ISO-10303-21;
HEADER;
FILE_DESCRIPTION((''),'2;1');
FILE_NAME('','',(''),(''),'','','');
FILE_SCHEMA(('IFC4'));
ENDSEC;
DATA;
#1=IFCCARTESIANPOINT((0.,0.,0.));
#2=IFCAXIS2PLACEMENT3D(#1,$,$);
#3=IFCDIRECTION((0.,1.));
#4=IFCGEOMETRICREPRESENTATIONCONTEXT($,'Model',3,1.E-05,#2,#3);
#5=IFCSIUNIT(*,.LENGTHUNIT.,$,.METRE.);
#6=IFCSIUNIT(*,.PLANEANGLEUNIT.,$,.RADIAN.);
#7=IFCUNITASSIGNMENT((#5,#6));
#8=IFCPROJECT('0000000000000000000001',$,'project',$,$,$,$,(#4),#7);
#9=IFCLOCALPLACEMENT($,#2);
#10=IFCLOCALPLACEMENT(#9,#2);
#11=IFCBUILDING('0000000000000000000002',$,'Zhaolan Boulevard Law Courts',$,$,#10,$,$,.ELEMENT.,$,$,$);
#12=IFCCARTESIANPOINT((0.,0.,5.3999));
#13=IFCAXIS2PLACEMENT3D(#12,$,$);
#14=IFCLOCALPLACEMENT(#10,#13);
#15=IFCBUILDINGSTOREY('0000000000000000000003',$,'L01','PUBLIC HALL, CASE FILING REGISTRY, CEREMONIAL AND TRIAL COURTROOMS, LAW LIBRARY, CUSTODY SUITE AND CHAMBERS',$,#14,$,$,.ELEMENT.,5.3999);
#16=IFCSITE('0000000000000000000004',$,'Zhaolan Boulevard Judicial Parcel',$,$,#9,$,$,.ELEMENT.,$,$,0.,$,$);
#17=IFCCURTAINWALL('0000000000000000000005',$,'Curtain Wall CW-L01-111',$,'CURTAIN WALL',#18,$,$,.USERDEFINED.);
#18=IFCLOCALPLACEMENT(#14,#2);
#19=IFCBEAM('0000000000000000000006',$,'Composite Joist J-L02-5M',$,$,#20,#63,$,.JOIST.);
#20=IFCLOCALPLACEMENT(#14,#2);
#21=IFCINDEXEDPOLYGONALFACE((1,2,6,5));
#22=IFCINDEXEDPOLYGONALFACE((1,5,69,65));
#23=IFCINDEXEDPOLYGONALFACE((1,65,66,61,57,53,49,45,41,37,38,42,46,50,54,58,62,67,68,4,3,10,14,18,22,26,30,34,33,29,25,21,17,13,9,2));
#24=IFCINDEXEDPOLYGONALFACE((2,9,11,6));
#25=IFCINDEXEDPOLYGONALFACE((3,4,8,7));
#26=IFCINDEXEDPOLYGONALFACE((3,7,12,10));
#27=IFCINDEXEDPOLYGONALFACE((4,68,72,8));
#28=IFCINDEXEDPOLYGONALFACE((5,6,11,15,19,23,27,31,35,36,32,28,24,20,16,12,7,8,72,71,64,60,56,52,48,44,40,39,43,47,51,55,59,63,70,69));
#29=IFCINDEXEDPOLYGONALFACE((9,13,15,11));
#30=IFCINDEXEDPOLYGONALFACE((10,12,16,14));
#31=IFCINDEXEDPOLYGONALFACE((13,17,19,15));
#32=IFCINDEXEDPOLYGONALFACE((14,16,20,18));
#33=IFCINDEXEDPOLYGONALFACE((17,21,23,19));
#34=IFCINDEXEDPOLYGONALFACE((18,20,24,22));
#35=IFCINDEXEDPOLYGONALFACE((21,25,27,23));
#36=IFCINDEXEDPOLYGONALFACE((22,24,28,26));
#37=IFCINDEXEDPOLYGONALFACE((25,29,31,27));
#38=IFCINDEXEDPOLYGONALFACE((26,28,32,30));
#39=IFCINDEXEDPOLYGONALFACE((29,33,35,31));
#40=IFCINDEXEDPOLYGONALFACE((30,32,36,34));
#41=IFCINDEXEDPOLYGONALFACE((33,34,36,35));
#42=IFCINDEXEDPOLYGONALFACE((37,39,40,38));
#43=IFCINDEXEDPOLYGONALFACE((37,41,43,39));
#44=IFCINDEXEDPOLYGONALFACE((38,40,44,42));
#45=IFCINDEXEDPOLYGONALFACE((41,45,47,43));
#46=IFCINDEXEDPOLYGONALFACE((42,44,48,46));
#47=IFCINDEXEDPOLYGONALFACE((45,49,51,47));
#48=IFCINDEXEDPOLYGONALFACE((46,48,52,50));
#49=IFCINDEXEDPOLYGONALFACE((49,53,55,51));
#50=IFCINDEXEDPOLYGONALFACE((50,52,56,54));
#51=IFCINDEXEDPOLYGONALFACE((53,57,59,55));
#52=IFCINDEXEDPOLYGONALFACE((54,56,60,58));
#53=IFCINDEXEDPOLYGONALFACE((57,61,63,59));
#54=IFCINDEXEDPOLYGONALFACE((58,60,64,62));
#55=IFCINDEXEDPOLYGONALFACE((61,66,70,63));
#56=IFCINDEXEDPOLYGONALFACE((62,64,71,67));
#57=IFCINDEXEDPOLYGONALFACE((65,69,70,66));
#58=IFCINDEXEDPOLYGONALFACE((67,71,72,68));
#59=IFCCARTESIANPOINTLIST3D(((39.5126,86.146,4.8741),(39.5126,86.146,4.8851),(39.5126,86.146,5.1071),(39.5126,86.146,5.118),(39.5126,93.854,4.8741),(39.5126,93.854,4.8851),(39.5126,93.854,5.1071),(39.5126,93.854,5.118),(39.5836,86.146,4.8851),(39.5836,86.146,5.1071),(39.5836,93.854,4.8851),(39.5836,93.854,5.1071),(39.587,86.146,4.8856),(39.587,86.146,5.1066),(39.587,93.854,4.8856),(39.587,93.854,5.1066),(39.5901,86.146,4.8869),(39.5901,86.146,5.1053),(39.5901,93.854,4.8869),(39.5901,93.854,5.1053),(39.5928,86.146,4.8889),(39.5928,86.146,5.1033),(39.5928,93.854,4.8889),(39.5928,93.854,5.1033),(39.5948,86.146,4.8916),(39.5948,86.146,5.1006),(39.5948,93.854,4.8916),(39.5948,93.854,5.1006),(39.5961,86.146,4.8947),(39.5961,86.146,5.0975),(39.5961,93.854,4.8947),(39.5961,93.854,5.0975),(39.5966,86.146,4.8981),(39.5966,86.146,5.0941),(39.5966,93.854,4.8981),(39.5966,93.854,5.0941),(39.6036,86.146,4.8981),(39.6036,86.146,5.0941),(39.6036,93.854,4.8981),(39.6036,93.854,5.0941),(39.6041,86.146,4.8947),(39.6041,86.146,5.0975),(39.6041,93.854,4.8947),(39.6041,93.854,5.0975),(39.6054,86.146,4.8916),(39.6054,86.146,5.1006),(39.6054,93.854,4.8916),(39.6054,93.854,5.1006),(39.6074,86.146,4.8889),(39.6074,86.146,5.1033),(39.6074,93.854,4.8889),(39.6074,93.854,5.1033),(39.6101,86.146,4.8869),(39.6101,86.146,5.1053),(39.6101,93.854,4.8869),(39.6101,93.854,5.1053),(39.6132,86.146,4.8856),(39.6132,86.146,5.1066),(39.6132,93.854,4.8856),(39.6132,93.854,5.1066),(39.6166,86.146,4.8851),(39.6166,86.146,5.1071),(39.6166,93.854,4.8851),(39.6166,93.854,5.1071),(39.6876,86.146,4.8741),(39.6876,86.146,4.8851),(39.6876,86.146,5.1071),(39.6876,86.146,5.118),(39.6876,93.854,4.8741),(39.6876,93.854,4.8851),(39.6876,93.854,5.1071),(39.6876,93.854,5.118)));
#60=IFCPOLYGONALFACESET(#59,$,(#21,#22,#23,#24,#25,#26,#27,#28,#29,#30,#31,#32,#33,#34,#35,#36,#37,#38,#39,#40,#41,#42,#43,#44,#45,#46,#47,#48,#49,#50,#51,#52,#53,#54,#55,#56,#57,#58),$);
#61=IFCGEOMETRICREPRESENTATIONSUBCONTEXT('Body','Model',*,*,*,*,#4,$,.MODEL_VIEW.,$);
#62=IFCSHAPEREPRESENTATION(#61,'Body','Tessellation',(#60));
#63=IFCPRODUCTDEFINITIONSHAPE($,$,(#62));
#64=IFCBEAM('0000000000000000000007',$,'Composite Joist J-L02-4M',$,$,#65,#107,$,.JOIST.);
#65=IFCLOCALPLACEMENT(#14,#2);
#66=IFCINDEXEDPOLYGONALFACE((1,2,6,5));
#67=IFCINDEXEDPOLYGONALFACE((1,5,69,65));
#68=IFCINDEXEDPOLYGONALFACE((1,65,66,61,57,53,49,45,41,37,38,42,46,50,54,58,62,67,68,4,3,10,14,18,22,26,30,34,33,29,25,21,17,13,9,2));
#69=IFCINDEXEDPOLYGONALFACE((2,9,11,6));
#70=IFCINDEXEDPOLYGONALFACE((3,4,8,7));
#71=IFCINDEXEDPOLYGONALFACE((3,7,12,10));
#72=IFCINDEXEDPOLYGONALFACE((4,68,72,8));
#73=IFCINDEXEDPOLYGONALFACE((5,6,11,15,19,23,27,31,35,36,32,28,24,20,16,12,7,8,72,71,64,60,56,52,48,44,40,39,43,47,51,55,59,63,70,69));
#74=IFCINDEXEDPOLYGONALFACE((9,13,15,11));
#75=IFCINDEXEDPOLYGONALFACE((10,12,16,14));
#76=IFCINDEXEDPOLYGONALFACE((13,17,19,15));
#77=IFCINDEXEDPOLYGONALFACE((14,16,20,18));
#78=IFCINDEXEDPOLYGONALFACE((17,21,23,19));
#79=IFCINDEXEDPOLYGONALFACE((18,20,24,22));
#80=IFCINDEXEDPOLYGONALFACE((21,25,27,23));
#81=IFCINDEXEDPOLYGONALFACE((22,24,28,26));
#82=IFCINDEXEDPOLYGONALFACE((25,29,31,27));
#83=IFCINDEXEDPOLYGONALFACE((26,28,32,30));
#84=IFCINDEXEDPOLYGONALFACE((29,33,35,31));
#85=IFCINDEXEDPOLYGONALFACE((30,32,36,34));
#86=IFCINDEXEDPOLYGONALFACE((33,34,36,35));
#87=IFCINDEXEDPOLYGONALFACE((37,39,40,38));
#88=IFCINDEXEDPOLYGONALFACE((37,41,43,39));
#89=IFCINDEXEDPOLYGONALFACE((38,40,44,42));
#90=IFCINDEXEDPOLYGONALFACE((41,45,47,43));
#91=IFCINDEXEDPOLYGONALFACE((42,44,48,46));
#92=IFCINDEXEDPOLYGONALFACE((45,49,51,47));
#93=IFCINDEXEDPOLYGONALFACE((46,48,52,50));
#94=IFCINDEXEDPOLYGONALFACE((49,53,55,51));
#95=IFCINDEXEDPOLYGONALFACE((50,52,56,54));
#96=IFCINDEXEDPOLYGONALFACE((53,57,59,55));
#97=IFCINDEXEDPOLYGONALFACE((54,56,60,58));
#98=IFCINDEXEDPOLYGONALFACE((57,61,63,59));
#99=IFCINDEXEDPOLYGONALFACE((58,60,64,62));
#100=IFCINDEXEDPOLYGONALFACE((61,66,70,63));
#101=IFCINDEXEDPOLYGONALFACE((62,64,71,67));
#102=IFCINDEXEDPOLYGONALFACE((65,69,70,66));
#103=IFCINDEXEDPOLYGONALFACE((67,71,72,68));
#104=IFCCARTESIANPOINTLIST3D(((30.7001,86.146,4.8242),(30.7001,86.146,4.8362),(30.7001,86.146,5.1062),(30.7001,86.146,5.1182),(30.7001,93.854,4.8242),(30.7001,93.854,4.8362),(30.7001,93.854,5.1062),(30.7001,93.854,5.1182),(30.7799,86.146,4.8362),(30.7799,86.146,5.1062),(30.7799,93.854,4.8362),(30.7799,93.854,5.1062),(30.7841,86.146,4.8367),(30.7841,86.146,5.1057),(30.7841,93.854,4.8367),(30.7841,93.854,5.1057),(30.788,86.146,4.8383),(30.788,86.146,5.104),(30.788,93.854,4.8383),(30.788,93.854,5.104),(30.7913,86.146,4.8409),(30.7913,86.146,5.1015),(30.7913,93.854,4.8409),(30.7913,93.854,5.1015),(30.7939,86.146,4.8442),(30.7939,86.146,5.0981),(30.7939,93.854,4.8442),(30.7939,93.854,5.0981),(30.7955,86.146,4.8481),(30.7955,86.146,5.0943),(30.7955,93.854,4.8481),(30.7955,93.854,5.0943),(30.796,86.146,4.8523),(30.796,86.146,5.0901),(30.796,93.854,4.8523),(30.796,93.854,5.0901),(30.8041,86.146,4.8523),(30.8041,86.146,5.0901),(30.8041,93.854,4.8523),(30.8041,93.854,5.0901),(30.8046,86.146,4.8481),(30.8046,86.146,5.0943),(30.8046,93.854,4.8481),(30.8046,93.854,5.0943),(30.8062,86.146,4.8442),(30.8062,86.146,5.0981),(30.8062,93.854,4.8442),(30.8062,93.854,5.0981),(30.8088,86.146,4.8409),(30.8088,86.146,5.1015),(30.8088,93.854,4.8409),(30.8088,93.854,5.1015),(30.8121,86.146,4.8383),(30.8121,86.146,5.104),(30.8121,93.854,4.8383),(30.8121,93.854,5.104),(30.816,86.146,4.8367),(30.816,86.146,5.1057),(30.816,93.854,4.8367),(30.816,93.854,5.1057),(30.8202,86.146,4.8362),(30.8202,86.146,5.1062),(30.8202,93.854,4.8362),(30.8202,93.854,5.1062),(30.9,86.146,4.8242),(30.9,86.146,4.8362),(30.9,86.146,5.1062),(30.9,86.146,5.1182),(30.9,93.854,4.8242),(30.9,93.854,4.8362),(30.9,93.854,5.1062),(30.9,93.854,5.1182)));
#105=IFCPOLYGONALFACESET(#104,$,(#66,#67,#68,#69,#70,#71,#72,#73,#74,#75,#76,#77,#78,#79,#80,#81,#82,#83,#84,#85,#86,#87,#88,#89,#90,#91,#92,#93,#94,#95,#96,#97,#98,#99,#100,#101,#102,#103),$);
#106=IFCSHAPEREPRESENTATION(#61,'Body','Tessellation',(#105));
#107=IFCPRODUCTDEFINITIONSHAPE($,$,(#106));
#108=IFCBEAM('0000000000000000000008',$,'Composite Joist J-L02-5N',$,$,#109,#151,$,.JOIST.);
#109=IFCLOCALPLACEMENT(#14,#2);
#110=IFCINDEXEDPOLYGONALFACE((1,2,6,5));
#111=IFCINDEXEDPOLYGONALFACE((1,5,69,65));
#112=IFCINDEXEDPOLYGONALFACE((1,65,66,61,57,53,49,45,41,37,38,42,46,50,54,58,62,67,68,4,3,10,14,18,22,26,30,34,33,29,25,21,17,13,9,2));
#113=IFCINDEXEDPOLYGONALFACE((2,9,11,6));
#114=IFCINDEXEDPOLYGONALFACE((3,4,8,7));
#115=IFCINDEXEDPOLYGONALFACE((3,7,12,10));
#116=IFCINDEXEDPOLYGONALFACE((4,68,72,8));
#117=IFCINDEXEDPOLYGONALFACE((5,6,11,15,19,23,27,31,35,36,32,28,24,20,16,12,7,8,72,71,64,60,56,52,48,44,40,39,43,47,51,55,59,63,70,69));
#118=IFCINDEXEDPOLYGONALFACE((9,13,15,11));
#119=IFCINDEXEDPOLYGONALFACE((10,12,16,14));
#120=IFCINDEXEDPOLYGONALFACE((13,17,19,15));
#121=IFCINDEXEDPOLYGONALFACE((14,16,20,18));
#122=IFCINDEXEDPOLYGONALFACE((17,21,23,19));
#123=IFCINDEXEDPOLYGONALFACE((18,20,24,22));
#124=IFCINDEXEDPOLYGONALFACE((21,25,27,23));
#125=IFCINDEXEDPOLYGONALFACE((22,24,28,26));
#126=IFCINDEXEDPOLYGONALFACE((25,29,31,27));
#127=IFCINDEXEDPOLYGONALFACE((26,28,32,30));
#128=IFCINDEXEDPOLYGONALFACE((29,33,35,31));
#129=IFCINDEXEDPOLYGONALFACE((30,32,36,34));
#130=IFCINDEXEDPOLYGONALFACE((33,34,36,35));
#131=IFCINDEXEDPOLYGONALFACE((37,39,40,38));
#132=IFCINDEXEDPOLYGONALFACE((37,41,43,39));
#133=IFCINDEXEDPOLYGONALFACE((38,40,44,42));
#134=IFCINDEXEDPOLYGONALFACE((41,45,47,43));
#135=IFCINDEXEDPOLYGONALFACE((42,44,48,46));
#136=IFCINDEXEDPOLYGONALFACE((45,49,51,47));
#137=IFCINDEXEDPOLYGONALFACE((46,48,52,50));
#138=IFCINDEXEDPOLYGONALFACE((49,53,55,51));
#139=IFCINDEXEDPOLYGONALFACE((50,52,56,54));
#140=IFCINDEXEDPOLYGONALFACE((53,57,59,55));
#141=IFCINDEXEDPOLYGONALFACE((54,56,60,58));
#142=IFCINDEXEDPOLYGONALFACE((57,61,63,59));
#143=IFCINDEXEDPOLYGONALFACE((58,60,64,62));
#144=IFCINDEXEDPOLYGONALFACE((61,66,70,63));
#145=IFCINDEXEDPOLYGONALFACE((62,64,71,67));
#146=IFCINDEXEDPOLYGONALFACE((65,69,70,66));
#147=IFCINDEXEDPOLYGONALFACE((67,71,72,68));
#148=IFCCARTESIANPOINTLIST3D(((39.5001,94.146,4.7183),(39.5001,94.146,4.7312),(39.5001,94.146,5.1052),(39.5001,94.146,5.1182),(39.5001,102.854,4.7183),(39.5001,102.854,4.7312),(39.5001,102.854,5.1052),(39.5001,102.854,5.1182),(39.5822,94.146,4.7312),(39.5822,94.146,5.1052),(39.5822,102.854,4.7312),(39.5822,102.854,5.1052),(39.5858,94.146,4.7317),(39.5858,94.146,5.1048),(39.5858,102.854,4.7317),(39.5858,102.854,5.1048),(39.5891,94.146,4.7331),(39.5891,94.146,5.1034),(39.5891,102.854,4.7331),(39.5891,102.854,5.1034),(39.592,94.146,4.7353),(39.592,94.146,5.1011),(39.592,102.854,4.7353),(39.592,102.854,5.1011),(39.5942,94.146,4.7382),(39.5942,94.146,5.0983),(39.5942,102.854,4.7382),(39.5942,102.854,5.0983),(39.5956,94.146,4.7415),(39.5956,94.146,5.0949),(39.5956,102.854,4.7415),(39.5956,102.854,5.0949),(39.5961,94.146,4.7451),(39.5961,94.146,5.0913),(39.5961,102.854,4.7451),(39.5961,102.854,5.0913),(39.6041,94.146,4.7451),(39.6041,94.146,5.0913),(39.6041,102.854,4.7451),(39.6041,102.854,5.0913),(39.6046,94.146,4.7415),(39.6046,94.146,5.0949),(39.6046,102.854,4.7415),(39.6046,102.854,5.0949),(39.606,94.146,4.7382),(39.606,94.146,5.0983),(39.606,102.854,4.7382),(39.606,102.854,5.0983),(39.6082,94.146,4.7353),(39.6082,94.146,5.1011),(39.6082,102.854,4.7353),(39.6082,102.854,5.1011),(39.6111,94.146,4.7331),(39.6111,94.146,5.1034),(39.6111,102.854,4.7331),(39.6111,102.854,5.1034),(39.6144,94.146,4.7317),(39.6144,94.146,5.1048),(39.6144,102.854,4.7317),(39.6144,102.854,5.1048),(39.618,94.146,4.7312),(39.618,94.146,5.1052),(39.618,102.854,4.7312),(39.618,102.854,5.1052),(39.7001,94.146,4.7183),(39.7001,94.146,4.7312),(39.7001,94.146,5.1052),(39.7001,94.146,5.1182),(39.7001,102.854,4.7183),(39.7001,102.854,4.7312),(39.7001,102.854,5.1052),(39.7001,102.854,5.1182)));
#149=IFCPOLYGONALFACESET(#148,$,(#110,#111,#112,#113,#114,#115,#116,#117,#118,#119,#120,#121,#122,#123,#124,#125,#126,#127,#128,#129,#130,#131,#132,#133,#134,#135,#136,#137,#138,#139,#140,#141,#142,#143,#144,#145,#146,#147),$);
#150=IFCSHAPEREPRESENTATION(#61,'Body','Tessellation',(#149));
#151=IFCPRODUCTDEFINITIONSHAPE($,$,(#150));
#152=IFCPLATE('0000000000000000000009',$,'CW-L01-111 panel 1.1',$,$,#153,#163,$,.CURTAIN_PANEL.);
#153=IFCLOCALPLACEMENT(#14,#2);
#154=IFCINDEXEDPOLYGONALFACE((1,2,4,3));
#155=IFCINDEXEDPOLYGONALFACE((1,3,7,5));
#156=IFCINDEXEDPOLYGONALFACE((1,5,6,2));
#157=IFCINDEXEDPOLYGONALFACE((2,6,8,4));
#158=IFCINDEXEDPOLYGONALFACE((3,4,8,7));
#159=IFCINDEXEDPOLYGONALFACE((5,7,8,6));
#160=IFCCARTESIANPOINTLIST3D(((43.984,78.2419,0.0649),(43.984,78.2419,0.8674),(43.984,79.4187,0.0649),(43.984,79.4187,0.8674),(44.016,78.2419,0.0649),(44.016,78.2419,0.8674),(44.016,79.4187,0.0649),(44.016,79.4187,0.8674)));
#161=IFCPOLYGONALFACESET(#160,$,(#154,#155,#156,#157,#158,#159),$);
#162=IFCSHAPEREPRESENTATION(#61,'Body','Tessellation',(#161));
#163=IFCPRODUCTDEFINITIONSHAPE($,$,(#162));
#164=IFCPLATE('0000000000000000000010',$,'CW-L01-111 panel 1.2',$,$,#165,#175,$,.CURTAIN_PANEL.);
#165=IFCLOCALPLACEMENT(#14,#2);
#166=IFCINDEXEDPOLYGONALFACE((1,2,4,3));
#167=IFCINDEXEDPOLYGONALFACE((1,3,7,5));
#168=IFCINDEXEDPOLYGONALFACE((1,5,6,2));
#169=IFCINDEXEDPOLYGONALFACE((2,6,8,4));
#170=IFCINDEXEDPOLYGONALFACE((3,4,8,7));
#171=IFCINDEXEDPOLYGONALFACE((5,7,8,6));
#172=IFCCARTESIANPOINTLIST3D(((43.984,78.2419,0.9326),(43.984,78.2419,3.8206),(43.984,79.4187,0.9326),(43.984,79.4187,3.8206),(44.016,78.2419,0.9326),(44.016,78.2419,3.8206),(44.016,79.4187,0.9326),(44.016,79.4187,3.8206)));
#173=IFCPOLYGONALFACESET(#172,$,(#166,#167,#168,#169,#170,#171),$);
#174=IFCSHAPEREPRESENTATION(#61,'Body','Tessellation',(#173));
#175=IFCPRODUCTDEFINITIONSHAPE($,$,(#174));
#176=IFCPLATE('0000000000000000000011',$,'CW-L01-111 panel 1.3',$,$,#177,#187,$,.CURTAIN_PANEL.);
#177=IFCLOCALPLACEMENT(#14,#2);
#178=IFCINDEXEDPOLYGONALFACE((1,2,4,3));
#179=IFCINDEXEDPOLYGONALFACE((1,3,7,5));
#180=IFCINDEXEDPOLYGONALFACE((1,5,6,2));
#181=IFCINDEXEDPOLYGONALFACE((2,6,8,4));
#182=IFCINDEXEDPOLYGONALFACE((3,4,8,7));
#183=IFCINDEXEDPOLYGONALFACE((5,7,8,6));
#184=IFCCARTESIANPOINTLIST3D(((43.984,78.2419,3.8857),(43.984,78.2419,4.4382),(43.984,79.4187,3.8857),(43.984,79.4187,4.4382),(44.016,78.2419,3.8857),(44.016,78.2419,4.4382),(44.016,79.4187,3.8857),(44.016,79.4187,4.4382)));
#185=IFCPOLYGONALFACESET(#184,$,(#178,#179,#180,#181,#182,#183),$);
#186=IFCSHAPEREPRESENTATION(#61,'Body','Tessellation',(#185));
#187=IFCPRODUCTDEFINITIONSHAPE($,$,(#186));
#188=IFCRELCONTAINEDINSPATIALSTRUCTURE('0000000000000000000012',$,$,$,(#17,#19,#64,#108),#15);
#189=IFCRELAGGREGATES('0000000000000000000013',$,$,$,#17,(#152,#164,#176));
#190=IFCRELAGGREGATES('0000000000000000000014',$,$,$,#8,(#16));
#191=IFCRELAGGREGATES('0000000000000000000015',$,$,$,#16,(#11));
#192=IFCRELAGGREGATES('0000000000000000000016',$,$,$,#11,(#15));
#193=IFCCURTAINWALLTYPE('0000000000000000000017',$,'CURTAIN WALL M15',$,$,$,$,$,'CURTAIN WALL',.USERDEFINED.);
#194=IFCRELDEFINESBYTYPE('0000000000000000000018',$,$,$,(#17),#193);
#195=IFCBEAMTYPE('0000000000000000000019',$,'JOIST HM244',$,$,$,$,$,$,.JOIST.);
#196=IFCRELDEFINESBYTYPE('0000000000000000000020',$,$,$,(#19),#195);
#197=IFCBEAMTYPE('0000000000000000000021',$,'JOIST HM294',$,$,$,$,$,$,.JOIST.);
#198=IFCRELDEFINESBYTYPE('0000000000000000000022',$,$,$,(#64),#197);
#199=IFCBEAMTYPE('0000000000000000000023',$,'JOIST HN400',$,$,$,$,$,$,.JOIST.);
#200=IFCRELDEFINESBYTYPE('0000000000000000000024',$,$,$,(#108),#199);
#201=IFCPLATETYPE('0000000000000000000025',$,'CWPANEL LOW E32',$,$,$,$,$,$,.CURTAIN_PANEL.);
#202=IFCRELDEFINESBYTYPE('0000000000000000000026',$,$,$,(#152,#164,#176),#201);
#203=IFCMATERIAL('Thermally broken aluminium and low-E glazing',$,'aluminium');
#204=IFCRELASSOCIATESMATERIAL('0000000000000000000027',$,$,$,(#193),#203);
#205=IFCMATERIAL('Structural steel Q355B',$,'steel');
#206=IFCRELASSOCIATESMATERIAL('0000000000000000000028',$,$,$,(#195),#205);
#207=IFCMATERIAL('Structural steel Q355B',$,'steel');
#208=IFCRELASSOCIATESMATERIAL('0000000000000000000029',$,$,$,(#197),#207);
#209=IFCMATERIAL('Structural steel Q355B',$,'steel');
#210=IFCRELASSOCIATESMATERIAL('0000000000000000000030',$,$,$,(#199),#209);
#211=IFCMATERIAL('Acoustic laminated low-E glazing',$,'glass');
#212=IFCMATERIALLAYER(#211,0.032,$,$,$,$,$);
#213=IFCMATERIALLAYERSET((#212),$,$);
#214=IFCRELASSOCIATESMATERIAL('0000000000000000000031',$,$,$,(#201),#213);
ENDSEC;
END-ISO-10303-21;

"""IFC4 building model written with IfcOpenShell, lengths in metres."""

from ifc_helpers import new_model, si_unit, direction, frame, origin, origin_2d, place, context, subcontext, project, spatial, rectangle, i_section, extrude, material, layer, layer_set, material_profile, profile_set, type_object, element, aggregate, save


model = new_model("IFC4")

# Units and contexts
model_context = context("Model", 3, precision=1e-05, world=origin(), true_north=direction((0.0, 1.0)))
body_context = subcontext(model_context, "Body", "Model", "MODEL_VIEW")
ifc_project = project(units=[si_unit("LENGTHUNIT", "METRE"), si_unit("PLANEANGLEUNIT", "RADIAN")], contexts=[model_context])

# Site, building, storey
site_placement = place(None, origin())
site = spatial("IfcSite", under=ifc_project, at=site_placement, Name="Zhaolan Boulevard Judicial Parcel", CompositionType="ELEMENT", RefElevation=0.0)
building_placement = place(site_placement, origin())
building = spatial("IfcBuilding", under=site, at=building_placement, Name="Zhaolan Boulevard Law Courts", CompositionType="ELEMENT")
storey_placement = place(building_placement, frame((0.0, 0.0, 5.3999)))
storey = spatial("IfcBuildingStorey", under=building, at=storey_placement, Name="L01", Description="PUBLIC HALL, CASE FILING REGISTRY, CEREMONIAL AND TRIAL COURTROOMS, LAW LIBRARY, CUSTODY SUITE AND CHAMBERS", CompositionType="ELEMENT", Elevation=5.3999)

# Curtain wall
ifc_material_1 = material(Name="Thermally broken aluminium and low-E glazing", Category="aluminium")
curtain_wall_type = type_object("IfcCurtainWallType", Name="CURTAIN WALL M15", ElementType="CURTAIN WALL", PredefinedType="USERDEFINED", material=ifc_material_1)
curtain_wall_placement = place(storey_placement, origin())
curtain_wall = element("IfcCurtainWall", 1, at=curtain_wall_placement, inside=storey, type_object=curtain_wall_type, Name="Curtain Wall CW-L01-111", ObjectType="CURTAIN WALL", PredefinedType="USERDEFINED")

# Beams
ifc_material_2 = material(Name="Structural steel Q355B", Category="steel")
ifc_material_profile_1 = material_profile(ifc_material_2, i_section(OverallWidth=0.175, OverallDepth=0.2439, WebThickness=0.0071, FlangeThickness=0.011, FilletRadius=0.0129, at=origin_2d()), Name="HM244x175")
ifc_profile_set_1 = profile_set([ifc_material_profile_1], Name="Structural steel Q355B")
beam_type_1 = type_object("IfcBeamType", Name="JOIST HM244", PredefinedType="JOIST", material=ifc_profile_set_1)
beam_1_placement = place(storey_placement, frame((39.6001, 86.146, 4.9961), z_axis=(0.0, 1.0, 0.0), x_axis=(-1.0, 0.0, 0.0)))
element("IfcBeam", 2, at=beam_1_placement, inside=storey, type_object=beam_type_1, Name="Composite Joist J-L02-5M", PredefinedType="JOIST", context=body_context, shape_type="SweptSolid", body=[
    extrude(i_section(OverallWidth=0.175, OverallDepth=0.2439, WebThickness=0.0071, FlangeThickness=0.011, FilletRadius=0.0129, at=origin_2d()), origin(), (0.0, 0.0, 1.0), 7.708),
])
ifc_material_3 = material(Name="Structural steel Q355B", Category="steel")
ifc_material_profile_2 = material_profile(ifc_material_3, i_section(OverallWidth=0.2, OverallDepth=0.2939, WebThickness=0.0081, FlangeThickness=0.012, FilletRadius=0.0161, at=origin_2d()), Name="HM294x200")
ifc_profile_set_2 = profile_set([ifc_material_profile_2], Name="Structural steel Q355B")
beam_type_2 = type_object("IfcBeamType", Name="JOIST HM294", PredefinedType="JOIST", material=ifc_profile_set_2)
beam_2_placement = place(storey_placement, frame((30.8, 86.146, 4.9712), z_axis=(0.0, 1.0, 0.0), x_axis=(-1.0, 0.0, 0.0)))
element("IfcBeam", 3, at=beam_2_placement, inside=storey, type_object=beam_type_2, Name="Composite Joist J-L02-4M", PredefinedType="JOIST", context=body_context, shape_type="SweptSolid", body=[
    extrude(i_section(OverallWidth=0.2, OverallDepth=0.2939, WebThickness=0.0081, FlangeThickness=0.012, FilletRadius=0.0161, at=origin_2d()), origin(), (0.0, 0.0, 1.0), 7.708),
])
ifc_material_4 = material(Name="Structural steel Q355B", Category="steel")
ifc_material_profile_3 = material_profile(ifc_material_4, i_section(OverallWidth=0.2, OverallDepth=0.3999, WebThickness=0.0081, FlangeThickness=0.0129, FilletRadius=0.0139, at=origin_2d()), Name="HN400x200")
ifc_profile_set_3 = profile_set([ifc_material_profile_3], Name="Structural steel Q355B")
beam_type_3 = type_object("IfcBeamType", Name="JOIST HN400", PredefinedType="JOIST", material=ifc_profile_set_3)
beam_3_placement = place(storey_placement, frame((39.6001, 94.146, 4.9182), z_axis=(0.0, 1.0, 0.0), x_axis=(-1.0, 0.0, 0.0)))
element("IfcBeam", 4, at=beam_3_placement, inside=storey, type_object=beam_type_3, Name="Composite Joist J-L02-5N", PredefinedType="JOIST", context=body_context, shape_type="SweptSolid", body=[
    extrude(i_section(OverallWidth=0.2, OverallDepth=0.3999, WebThickness=0.0081, FlangeThickness=0.0129, FilletRadius=0.0139, at=origin_2d()), origin(), (0.0, 0.0, 1.0), 8.708),
])

# Plates
ifc_material_5 = material(Name="Acoustic laminated low-E glazing", Category="glass")
ifc_layer_1 = layer(ifc_material_5, 0.032)
ifc_layer_set_1 = layer_set([ifc_layer_1])
plate_type = type_object("IfcPlateType", Name="CWPANEL LOW E32", PredefinedType="CURTAIN_PANEL", material=ifc_layer_set_1)
plate_1_placement = place(storey_placement, frame((44.0, 78.8303, 0.0649), z_axis=(0.0, 0.0, 1.0), x_axis=(0.0, 1.0, 0.0)))
plate_1 = element("IfcPlate", 5, at=plate_1_placement, type_object=plate_type, Name="CW-L01-111 panel 1.1", PredefinedType="CURTAIN_PANEL", context=body_context, shape_type="SweptSolid", body=[
    extrude(rectangle(XDim=1.1768, YDim=0.032, at=origin_2d()), origin(), (0.0, 0.0, 1.0), 0.8025),
])
plate_2_placement = place(storey_placement, frame((44.0, 78.8303, 0.9326), z_axis=(0.0, 0.0, 1.0), x_axis=(0.0, 1.0, 0.0)))
plate_2 = element("IfcPlate", 6, at=plate_2_placement, type_object=plate_type, Name="CW-L01-111 panel 1.2", PredefinedType="CURTAIN_PANEL", context=body_context, shape_type="SweptSolid", body=[
    extrude(rectangle(XDim=1.1768, YDim=0.032, at=origin_2d()), origin(), (0.0, 0.0, 1.0), 2.8879),
])
plate_3_placement = place(storey_placement, frame((44.0, 78.8303, 3.8857), z_axis=(0.0, 0.0, 1.0), x_axis=(0.0, 1.0, 0.0)))
plate_3 = element("IfcPlate", 7, at=plate_3_placement, type_object=plate_type, Name="CW-L01-111 panel 1.3", PredefinedType="CURTAIN_PANEL", context=body_context, shape_type="SweptSolid", body=[
    extrude(rectangle(XDim=1.1768, YDim=0.032, at=origin_2d()), origin(), (0.0, 0.0, 1.0), 0.5525),
])
aggregate(curtain_wall, [plate_1, plate_2, plate_3])

save(model, "model.ifc")
